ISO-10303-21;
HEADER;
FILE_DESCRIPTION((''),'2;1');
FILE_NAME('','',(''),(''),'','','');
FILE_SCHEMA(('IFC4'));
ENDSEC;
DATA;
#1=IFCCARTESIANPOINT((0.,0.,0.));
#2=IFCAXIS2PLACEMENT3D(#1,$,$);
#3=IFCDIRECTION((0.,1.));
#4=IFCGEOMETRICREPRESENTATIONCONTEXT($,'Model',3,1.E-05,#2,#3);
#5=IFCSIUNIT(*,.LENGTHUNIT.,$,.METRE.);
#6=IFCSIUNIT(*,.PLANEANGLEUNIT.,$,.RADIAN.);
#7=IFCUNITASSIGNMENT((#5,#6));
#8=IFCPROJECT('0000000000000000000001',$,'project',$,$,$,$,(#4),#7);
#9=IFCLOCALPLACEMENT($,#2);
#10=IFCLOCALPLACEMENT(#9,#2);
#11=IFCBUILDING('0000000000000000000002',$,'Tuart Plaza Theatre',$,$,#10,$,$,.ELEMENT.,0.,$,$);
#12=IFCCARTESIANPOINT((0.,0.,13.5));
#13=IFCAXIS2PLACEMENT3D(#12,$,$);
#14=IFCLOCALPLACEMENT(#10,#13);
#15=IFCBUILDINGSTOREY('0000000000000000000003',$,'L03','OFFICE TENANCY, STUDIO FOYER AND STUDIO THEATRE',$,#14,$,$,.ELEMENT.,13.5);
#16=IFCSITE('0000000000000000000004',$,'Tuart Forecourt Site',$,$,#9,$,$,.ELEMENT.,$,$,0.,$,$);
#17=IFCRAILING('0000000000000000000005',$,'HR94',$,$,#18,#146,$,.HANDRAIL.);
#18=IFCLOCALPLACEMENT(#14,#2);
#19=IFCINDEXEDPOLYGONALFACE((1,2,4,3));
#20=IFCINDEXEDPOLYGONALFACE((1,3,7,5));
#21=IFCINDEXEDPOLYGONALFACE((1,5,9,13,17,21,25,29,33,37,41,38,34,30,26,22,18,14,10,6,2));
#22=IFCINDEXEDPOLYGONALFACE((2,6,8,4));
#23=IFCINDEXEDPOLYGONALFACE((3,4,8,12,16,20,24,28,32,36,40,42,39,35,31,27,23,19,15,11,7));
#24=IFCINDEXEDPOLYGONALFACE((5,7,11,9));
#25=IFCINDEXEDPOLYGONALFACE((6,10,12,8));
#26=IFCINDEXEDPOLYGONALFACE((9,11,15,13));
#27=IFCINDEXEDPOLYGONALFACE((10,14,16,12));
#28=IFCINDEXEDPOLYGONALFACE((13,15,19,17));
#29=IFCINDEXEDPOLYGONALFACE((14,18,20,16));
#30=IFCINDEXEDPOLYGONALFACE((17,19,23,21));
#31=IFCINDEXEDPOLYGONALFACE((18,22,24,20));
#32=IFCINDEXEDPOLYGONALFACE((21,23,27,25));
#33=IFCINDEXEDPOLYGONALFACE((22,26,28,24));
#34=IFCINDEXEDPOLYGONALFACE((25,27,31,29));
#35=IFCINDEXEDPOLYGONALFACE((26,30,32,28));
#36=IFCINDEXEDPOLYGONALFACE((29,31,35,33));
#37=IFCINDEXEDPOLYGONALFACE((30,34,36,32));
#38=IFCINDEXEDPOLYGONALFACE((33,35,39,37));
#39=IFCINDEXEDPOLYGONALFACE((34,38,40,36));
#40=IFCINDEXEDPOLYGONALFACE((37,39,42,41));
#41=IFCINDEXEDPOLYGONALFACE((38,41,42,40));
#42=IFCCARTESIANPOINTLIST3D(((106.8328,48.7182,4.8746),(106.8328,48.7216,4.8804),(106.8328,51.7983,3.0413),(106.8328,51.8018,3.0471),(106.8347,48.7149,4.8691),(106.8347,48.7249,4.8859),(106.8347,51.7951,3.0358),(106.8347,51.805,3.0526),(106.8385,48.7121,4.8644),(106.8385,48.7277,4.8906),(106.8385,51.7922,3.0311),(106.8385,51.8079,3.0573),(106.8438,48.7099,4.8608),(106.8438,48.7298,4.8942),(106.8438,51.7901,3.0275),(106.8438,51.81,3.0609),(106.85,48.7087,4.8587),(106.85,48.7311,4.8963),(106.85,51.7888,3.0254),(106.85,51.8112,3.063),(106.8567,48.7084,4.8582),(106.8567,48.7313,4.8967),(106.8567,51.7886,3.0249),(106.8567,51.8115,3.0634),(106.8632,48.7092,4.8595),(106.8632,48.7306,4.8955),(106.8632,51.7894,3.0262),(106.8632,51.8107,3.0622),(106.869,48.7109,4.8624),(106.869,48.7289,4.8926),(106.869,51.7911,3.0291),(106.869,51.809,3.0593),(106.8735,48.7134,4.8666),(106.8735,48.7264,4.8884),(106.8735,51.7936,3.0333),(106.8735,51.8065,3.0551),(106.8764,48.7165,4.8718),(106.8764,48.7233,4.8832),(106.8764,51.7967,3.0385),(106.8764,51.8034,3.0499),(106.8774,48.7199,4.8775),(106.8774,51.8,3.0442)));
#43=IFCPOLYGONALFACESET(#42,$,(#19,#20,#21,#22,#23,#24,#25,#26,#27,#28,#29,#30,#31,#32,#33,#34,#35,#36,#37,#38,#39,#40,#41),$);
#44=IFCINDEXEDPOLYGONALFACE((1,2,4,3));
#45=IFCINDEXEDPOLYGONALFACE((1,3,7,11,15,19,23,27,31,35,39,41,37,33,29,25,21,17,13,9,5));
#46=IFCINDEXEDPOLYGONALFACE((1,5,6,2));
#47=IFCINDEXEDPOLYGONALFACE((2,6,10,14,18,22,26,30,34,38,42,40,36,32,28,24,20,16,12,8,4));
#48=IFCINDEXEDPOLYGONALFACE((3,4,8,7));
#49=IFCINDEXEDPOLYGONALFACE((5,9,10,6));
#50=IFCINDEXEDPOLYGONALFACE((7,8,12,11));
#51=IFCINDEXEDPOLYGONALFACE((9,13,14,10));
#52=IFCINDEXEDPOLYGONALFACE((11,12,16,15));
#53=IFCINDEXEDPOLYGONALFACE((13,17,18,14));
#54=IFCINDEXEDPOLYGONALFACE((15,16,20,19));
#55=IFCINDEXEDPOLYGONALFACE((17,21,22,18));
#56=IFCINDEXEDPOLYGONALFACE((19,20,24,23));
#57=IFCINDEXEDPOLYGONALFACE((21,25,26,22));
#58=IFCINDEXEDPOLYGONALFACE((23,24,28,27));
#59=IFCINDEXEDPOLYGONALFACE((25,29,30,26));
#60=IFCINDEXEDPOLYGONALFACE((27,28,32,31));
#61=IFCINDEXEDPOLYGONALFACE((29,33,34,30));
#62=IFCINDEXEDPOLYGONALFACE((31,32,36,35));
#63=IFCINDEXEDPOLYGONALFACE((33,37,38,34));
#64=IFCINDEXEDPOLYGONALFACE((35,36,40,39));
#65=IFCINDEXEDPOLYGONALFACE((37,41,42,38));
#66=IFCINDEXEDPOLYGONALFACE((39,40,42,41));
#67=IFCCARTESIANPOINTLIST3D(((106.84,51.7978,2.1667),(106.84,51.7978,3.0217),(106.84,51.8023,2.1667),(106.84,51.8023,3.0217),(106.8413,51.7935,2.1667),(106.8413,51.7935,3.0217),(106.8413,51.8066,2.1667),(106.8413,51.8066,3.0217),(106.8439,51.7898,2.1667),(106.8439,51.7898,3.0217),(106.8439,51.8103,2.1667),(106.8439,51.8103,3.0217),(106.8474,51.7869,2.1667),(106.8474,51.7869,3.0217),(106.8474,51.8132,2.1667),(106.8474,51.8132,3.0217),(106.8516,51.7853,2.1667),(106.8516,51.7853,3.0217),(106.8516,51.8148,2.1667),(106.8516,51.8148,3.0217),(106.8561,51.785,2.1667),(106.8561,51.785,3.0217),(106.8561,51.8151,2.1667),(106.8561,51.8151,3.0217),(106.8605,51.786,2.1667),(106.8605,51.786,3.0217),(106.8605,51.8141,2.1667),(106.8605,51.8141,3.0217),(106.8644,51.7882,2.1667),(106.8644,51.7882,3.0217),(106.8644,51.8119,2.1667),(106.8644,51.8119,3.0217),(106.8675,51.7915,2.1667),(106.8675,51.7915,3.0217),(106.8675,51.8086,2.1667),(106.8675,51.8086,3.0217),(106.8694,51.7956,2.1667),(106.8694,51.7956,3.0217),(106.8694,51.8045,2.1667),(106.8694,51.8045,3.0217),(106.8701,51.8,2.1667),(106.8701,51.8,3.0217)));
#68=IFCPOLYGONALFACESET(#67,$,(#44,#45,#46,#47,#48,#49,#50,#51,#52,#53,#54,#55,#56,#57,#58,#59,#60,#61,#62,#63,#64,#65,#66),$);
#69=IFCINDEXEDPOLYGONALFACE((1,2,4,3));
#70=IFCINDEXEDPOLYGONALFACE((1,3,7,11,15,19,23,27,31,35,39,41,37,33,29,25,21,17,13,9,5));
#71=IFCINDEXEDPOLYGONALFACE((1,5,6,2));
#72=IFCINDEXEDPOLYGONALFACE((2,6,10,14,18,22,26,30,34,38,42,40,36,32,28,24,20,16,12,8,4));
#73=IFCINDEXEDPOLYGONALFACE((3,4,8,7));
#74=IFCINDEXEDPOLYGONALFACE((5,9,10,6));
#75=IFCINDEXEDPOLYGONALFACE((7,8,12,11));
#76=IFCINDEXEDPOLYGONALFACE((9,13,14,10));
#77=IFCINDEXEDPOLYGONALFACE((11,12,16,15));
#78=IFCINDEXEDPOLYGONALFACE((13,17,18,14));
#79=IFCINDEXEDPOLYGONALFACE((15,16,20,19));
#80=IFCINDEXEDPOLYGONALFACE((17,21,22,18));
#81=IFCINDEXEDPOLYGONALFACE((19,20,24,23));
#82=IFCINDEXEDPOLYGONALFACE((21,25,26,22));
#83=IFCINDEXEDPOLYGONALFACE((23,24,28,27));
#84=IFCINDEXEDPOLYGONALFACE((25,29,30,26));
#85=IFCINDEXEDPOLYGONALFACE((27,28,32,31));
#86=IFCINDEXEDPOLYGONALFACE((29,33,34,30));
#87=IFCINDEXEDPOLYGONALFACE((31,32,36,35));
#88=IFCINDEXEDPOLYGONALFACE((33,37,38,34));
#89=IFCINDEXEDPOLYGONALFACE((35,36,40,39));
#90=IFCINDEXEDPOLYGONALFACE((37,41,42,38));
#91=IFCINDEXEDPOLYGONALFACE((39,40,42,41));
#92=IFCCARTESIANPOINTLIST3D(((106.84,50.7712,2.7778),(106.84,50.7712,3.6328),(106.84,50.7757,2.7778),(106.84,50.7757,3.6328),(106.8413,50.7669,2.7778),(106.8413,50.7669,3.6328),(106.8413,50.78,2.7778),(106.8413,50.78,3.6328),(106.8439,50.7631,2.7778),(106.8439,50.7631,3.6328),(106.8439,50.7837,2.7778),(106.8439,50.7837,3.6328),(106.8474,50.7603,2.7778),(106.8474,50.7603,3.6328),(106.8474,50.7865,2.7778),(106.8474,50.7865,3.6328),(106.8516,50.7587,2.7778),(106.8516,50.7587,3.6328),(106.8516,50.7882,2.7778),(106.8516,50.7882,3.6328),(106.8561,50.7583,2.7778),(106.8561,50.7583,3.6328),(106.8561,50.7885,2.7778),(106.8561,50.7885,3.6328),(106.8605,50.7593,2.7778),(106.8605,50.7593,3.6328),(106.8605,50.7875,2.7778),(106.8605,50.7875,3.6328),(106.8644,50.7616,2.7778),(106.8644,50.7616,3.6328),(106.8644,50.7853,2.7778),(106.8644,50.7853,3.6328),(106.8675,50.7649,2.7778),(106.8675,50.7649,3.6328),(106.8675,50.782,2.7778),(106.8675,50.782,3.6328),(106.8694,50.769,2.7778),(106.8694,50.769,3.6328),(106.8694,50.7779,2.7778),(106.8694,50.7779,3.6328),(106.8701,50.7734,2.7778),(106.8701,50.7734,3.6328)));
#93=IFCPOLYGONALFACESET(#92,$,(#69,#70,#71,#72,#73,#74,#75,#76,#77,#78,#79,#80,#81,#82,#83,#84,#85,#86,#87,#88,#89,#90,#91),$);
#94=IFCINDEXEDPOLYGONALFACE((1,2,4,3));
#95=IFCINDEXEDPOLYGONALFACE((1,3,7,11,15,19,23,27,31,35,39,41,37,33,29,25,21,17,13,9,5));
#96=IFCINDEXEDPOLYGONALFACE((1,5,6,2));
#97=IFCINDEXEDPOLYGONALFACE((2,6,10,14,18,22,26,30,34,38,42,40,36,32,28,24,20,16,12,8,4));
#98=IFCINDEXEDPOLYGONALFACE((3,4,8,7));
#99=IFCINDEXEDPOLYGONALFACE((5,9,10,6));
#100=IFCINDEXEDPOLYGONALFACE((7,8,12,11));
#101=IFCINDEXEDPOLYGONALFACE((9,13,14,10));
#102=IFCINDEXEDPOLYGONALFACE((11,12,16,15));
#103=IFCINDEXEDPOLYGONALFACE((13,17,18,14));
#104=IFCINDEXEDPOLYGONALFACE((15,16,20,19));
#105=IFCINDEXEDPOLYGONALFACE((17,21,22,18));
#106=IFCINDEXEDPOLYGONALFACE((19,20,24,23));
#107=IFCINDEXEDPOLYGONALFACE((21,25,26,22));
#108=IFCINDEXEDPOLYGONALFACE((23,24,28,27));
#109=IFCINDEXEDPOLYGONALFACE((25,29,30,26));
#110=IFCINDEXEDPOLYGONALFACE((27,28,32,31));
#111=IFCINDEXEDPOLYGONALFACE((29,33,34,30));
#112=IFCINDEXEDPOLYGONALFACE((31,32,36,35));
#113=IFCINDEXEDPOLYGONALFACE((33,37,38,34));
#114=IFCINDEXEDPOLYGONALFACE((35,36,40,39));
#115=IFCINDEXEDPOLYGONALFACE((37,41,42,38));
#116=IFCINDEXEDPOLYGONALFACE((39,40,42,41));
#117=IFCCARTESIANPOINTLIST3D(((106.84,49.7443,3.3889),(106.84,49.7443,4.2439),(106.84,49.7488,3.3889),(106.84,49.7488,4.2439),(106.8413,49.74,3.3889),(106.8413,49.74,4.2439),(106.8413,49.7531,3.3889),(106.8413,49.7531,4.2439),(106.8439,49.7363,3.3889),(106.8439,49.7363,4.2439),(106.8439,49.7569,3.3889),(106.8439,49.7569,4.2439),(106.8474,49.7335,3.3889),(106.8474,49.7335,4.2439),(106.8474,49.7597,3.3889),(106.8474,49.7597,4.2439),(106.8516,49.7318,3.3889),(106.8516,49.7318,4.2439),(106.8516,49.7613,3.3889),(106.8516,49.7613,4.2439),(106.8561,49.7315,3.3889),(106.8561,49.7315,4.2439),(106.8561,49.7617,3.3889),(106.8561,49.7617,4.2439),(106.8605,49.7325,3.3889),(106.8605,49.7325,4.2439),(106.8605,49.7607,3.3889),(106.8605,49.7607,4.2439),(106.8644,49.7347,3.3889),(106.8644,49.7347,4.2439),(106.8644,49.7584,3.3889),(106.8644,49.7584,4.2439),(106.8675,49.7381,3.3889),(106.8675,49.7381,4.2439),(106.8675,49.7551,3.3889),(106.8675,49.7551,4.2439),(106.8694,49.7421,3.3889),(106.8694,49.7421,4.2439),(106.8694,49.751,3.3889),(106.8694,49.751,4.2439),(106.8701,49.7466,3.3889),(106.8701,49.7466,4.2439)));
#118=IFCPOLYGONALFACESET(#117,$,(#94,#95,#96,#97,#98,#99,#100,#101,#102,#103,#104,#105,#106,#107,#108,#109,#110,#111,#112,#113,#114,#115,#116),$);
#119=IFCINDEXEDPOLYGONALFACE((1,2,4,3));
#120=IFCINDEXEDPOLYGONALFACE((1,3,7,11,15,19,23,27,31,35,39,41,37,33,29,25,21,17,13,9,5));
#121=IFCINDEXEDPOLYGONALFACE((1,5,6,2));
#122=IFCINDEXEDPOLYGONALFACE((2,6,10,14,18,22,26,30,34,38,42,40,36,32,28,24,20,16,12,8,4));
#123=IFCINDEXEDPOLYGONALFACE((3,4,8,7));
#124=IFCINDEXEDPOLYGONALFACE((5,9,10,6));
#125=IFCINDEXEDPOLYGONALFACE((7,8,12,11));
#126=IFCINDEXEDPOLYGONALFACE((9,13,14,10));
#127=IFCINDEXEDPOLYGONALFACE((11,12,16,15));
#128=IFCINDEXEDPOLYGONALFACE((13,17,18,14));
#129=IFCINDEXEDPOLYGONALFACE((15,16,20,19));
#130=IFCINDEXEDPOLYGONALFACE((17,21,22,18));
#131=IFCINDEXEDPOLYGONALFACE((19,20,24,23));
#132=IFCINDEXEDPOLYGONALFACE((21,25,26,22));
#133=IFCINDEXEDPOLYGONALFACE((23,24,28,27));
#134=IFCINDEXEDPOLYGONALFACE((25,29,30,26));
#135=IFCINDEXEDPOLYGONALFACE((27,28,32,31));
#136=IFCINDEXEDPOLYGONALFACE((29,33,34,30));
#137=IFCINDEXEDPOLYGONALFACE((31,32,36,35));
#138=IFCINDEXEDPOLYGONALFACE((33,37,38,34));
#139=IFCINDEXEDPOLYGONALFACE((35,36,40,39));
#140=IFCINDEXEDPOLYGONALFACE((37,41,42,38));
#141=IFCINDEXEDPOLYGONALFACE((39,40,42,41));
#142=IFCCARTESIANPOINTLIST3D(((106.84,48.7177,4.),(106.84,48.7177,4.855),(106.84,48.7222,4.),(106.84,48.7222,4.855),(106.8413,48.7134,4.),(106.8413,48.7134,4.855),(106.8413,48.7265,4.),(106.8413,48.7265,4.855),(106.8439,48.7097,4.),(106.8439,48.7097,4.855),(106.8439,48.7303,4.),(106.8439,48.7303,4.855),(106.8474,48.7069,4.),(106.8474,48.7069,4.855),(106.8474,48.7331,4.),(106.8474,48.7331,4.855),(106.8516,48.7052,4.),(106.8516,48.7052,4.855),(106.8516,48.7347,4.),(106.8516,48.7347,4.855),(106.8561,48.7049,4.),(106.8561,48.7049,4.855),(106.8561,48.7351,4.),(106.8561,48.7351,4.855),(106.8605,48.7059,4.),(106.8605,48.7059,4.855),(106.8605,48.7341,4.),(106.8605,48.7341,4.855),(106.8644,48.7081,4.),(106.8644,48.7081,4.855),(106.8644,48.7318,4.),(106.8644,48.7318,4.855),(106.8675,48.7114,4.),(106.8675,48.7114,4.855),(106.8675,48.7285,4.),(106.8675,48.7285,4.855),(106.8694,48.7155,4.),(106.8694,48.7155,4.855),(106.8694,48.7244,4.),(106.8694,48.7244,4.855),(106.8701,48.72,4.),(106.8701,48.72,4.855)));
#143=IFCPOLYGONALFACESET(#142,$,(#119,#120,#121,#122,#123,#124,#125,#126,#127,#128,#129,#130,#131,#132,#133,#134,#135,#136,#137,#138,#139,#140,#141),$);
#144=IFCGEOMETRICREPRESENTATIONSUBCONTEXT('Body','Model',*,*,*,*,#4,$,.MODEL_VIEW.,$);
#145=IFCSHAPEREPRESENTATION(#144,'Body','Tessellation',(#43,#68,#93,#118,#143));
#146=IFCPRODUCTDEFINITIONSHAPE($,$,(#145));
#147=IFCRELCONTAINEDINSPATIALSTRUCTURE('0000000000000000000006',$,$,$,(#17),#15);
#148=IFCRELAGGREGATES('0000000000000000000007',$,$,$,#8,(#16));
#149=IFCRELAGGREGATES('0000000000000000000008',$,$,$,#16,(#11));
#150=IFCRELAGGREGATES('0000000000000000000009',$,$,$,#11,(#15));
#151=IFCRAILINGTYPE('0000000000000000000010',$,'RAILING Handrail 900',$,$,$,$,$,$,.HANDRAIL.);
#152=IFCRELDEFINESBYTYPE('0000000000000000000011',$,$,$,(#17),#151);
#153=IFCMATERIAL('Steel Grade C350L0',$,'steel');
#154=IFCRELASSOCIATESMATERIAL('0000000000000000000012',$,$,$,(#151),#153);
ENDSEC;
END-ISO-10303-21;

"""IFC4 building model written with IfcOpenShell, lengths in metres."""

from ifc_helpers import new_model, si_unit, direction, frame, origin, origin_2d, place, context, subcontext, project, spatial, circle, extrude, material, type_object, element, save


model = new_model("IFC4")

# Units and contexts
model_context = context("Model", 3, precision=1e-05, world=origin(), true_north=direction((0.0, 1.0)))
body_context = subcontext(model_context, "Body", "Model", "MODEL_VIEW")
ifc_project = project(units=[si_unit("LENGTHUNIT", "METRE"), si_unit("PLANEANGLEUNIT", "RADIAN")], contexts=[model_context])

# Site, building, storey
site_placement = place(None, origin())
site = spatial("IfcSite", under=ifc_project, at=site_placement, Name="Tuart Forecourt Site", CompositionType="ELEMENT", RefElevation=0.0)
building_placement = place(site_placement, origin())
building = spatial("IfcBuilding", under=site, at=building_placement, Name="Tuart Plaza Theatre", CompositionType="ELEMENT", ElevationOfRefHeight=0.0)
storey_placement = place(building_placement, frame((0.0, 0.0, 13.5)))
storey = spatial("IfcBuildingStorey", under=building, at=storey_placement, Name="L03", Description="OFFICE TENANCY, STUDIO FOYER AND STUDIO THEATRE", CompositionType="ELEMENT", Elevation=13.5)

# Railing
ifc_material_1 = material(Name="Steel Grade C350L0", Category="steel")
railing_type_1 = type_object("IfcRailingType", Name="RAILING Handrail 900", PredefinedType="HANDRAIL", material=ifc_material_1)
for number, where, name in (
    (1, (106.855, 51.8, 2.1667), "HR94"),
):
    element("IfcRailing", number, at=place(storey_placement, frame(where)), inside=storey, type_object=railing_type_1, Name=name, PredefinedType="HANDRAIL", context=body_context, shape_type="SweptSolid", body=[
        extrude(circle(Radius=0.0225, at=origin_2d()), frame((0.0, 0.0, 0.8774), z_axis=(0.0, -0.859309, 0.511458), x_axis=(1.0, 0.0, 0.0)), (0.0, 0.0, 1.0), 3.5845),
        extrude(circle(Radius=0.0151, at=origin_2d()), origin(), (0.0, 0.0, 1.0), 0.855),
        extrude(circle(Radius=0.0151, at=origin_2d()), frame((0.0, -1.0266, 0.6111)), (0.0, 0.0, 1.0), 0.855),
        extrude(circle(Radius=0.0151, at=origin_2d()), frame((0.0, -2.0535, 1.2222)), (0.0, 0.0, 1.0), 0.855),
        extrude(circle(Radius=0.0151, at=origin_2d()), frame((0.0, -3.0801, 1.8333)), (0.0, 0.0, 1.0), 0.855),
    ])

save(model, "model.ifc")
